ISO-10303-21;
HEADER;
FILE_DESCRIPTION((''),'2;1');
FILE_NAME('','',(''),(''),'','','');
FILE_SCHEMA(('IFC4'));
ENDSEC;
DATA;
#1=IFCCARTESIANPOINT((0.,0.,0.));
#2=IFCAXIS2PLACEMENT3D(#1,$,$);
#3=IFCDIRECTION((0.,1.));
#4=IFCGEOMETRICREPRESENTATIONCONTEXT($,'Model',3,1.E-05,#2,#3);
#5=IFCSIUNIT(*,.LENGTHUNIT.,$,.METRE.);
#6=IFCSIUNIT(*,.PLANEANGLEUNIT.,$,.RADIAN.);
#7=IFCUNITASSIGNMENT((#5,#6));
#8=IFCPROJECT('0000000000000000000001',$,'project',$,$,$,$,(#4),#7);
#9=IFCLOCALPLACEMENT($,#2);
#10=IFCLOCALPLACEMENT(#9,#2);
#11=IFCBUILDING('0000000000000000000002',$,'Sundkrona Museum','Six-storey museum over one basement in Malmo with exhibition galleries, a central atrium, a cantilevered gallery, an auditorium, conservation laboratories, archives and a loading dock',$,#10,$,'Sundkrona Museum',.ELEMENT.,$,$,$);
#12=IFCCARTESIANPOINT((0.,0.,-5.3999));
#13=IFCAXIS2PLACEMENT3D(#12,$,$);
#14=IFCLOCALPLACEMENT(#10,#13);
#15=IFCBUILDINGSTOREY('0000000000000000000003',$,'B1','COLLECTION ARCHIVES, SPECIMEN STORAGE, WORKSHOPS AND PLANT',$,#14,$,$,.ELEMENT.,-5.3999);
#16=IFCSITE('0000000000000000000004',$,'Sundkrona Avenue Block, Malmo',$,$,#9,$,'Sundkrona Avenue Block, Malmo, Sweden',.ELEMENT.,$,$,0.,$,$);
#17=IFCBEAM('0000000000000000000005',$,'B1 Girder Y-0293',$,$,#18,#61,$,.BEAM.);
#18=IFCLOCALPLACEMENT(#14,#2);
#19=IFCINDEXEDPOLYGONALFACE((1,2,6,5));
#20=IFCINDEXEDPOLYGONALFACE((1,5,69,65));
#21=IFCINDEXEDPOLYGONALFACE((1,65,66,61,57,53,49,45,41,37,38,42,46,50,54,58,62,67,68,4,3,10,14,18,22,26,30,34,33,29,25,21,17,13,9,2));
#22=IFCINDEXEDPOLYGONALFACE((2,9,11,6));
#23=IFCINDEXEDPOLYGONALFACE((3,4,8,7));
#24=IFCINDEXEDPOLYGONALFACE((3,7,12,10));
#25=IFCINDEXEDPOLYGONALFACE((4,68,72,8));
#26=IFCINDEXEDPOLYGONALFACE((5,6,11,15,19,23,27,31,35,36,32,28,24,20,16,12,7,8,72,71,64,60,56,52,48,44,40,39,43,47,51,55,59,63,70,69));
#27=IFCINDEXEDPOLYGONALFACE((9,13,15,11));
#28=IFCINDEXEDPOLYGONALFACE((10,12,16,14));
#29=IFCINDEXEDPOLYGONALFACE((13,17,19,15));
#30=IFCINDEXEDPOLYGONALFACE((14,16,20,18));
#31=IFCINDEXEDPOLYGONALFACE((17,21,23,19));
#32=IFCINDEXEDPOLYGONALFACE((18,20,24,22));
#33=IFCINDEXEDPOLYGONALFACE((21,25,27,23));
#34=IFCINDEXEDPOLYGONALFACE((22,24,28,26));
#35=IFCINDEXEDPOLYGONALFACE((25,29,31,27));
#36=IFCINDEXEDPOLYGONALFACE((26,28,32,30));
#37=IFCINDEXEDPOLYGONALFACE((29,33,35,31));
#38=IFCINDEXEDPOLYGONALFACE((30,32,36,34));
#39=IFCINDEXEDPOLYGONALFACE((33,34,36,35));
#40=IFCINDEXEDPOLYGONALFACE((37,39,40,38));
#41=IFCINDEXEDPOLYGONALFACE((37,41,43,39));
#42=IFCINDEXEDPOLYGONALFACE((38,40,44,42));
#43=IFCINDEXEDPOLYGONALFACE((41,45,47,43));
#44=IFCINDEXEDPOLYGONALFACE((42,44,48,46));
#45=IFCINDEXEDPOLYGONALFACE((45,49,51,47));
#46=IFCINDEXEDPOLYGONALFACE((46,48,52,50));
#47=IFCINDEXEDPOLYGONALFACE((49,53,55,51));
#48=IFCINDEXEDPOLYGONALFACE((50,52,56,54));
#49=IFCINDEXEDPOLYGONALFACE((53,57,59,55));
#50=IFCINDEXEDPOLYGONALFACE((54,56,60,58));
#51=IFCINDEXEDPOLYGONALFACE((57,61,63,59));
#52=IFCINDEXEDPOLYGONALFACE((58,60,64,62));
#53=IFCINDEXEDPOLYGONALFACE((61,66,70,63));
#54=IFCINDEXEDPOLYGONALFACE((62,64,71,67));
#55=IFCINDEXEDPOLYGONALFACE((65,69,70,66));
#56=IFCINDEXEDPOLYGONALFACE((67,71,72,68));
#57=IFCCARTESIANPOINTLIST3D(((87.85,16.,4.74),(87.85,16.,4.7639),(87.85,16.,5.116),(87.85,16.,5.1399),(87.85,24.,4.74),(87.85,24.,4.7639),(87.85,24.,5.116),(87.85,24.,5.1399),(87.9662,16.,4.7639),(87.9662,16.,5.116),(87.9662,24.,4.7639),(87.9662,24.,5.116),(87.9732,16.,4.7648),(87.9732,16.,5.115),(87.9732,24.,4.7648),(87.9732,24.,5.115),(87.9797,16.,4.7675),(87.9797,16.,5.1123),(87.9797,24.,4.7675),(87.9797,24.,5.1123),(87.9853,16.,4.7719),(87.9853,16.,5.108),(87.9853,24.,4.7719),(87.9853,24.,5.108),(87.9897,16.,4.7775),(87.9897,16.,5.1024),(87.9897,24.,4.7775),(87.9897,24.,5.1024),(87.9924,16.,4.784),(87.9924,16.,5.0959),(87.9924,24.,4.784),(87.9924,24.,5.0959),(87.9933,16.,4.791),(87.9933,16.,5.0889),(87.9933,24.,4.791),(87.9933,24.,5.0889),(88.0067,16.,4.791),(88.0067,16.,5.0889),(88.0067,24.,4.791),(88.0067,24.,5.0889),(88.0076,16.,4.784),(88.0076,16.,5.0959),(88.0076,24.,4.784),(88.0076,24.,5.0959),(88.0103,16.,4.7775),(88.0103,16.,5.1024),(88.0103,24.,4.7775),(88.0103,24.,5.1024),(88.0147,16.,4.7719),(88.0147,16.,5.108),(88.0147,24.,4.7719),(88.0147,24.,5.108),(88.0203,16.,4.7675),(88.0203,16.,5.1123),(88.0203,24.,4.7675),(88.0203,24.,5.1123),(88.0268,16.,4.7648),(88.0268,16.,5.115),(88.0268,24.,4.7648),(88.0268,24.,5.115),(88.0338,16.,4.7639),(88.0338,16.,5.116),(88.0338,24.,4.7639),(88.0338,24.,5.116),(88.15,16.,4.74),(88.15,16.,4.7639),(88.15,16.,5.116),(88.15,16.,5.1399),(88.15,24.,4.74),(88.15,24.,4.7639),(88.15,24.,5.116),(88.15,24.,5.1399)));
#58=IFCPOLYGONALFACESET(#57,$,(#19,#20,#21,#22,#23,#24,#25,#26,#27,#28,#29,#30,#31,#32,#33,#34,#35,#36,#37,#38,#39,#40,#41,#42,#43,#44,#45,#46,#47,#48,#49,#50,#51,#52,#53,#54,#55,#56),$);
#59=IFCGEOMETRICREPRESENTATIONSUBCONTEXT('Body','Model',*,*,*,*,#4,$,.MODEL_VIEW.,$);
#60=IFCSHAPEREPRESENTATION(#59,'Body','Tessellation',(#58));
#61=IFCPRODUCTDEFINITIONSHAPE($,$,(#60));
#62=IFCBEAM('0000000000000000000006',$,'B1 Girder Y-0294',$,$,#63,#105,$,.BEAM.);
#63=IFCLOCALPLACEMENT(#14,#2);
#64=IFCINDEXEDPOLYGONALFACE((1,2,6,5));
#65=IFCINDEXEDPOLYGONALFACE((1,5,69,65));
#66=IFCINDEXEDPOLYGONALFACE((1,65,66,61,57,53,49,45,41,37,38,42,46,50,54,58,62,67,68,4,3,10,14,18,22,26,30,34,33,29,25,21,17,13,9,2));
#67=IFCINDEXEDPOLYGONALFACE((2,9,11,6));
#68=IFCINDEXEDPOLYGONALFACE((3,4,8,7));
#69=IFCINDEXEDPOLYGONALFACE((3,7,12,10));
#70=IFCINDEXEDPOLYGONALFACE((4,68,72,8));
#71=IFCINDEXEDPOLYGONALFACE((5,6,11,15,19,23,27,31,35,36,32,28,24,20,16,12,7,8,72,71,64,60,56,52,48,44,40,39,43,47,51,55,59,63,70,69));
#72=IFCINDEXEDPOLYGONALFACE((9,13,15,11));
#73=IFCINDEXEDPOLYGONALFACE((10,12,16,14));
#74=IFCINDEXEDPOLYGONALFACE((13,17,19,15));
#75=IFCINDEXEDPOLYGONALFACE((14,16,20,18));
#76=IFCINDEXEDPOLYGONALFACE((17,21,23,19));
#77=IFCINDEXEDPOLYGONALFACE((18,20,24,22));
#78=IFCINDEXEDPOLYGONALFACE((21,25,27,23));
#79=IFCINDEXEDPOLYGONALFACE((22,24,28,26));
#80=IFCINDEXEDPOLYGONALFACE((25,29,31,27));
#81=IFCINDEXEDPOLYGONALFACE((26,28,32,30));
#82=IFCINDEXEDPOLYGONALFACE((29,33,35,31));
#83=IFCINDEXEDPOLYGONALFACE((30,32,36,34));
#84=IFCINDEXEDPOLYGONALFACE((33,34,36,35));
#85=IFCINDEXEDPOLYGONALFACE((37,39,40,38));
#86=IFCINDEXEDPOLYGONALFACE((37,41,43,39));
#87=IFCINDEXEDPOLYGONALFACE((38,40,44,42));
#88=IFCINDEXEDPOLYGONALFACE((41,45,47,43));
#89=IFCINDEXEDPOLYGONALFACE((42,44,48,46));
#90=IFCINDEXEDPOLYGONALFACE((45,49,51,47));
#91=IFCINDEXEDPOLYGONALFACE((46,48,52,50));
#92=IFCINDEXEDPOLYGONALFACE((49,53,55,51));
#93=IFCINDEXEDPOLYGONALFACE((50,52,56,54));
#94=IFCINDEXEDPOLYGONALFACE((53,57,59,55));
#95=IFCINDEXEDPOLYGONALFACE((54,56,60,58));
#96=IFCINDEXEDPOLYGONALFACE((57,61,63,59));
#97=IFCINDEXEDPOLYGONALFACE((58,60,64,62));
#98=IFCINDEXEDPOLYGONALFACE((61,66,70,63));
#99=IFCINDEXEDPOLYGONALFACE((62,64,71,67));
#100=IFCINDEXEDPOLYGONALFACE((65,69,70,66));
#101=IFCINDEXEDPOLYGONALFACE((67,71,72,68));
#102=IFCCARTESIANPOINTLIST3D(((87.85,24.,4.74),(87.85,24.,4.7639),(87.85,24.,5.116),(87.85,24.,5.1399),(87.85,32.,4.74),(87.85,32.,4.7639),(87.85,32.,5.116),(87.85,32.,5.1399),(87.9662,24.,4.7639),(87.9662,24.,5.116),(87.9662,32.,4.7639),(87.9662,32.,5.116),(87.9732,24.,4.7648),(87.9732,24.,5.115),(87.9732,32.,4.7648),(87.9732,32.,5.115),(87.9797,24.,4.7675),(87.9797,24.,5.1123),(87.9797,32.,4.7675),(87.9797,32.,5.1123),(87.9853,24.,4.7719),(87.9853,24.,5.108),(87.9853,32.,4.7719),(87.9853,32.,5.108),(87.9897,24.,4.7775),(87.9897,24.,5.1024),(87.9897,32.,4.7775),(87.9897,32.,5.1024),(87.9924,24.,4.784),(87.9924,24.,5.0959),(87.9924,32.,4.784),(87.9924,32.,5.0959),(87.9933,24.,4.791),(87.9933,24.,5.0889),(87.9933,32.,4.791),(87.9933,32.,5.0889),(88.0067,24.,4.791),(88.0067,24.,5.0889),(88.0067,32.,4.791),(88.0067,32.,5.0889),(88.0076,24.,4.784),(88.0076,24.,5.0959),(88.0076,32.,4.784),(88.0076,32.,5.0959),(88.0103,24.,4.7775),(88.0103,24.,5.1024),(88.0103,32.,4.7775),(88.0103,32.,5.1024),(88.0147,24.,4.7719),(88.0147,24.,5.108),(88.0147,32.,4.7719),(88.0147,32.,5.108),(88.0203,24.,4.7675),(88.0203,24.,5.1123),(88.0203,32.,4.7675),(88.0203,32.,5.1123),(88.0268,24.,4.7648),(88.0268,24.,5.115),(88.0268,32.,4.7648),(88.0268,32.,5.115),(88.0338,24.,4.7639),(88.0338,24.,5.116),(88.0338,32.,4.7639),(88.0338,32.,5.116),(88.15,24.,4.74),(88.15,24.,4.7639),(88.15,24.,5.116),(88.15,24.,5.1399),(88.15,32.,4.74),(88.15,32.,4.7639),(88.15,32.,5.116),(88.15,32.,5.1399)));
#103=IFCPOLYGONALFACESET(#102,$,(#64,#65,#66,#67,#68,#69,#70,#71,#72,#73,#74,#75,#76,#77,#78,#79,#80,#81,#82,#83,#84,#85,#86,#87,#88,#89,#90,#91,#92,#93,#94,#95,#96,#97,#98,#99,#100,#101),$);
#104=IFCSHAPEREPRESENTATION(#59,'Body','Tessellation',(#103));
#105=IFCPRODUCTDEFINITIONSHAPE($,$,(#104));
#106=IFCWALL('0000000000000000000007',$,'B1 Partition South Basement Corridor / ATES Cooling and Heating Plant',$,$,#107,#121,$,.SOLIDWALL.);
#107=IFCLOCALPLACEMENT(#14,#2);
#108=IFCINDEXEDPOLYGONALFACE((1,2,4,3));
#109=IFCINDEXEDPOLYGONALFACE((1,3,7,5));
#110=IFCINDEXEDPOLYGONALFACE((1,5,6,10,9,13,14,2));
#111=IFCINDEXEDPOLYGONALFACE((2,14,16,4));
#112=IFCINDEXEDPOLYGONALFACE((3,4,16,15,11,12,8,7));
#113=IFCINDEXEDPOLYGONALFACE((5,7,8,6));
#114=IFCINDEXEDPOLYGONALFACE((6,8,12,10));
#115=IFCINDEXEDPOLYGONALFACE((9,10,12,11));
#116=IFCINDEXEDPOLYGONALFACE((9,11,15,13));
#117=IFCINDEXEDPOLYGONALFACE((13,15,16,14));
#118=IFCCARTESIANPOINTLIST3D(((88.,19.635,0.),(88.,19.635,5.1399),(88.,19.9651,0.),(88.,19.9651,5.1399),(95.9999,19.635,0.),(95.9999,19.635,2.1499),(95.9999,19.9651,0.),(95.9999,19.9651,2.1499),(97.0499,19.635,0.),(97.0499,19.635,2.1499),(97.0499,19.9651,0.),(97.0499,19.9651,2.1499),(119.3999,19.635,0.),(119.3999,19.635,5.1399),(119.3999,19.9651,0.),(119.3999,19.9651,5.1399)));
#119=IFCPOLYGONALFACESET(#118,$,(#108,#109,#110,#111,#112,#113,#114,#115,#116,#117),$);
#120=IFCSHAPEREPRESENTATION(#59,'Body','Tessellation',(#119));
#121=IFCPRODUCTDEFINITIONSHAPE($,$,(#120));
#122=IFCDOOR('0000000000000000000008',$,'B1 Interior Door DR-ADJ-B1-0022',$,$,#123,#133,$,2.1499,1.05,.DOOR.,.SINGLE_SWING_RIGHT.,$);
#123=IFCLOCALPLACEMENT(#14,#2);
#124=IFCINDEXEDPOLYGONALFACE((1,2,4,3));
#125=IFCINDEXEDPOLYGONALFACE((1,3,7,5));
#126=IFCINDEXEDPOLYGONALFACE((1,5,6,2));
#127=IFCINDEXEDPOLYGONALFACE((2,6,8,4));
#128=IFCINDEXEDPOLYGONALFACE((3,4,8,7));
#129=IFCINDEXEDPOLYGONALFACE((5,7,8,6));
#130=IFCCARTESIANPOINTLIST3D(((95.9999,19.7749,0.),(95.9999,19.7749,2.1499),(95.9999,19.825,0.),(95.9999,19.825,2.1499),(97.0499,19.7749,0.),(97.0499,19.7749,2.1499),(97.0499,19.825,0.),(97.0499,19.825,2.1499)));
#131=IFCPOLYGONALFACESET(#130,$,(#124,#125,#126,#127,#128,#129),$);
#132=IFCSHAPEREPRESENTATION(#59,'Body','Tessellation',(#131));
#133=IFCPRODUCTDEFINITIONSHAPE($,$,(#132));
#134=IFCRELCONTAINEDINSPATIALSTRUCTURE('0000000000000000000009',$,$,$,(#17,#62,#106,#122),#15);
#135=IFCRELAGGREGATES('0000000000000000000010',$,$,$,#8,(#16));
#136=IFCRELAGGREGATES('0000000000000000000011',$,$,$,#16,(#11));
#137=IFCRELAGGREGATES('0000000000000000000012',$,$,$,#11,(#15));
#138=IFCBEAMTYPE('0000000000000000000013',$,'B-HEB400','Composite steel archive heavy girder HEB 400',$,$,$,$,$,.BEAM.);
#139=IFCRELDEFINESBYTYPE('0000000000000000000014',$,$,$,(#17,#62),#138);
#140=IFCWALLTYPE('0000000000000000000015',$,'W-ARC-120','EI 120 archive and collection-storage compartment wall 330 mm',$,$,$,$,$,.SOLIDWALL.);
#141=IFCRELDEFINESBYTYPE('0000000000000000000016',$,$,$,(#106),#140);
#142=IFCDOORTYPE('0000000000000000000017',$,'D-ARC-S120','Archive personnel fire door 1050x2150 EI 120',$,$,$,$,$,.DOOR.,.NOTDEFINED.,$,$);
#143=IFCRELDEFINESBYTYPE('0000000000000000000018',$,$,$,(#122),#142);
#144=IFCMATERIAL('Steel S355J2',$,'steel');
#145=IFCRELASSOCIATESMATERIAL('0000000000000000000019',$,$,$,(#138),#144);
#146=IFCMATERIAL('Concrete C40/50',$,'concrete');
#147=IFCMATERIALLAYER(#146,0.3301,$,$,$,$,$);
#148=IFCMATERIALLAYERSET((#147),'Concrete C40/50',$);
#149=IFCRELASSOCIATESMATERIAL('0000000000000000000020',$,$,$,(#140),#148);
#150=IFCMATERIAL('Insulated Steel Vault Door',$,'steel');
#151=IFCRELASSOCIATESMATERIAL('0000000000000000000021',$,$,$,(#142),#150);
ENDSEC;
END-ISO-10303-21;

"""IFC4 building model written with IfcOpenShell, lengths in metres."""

from ifc_helpers import new_model, si_unit, direction, frame, frame_2d, origin, origin_2d, place, context, subcontext, project, spatial, rectangle, i_section, extrude, material, layer, layer_set, material_profile, profile_set, type_object, element, fill, save


model = new_model("IFC4")

# Units and contexts
model_context = context("Model", 3, precision=1e-05, world=origin(), true_north=direction((0.0, 1.0)))
body_context = subcontext(model_context, "Body", "Model", "MODEL_VIEW")
ifc_project = project(units=[si_unit("LENGTHUNIT", "METRE"), si_unit("PLANEANGLEUNIT", "RADIAN")], contexts=[model_context])

# Site, building, storey
site_placement = place(None, origin())
site = spatial("IfcSite", under=ifc_project, at=site_placement, Name="Sundkrona Avenue Block, Malmo", LongName="Sundkrona Avenue Block, Malmo, Sweden", CompositionType="ELEMENT", RefElevation=0.0)
building_placement = place(site_placement, origin())
building = spatial("IfcBuilding", under=site, at=building_placement, Name="Sundkrona Museum", Description="Six-storey museum over one basement in Malmo with exhibition galleries, a central atrium, a cantilevered gallery, an auditorium, conservation laboratories, archives and a loading dock", LongName="Sundkrona Museum", CompositionType="ELEMENT")
storey_placement = place(building_placement, frame((0.0, 0.0, -5.3999)))
storey = spatial("IfcBuildingStorey", under=building, at=storey_placement, Name="B1", Description="COLLECTION ARCHIVES, SPECIMEN STORAGE, WORKSHOPS AND PLANT", CompositionType="ELEMENT", Elevation=-5.3999)

# Shared definitions
ifc_material_1 = material(Name="Concrete C40/50", Category="concrete")

# Shared definitions
ifc_material_2 = material(Name="Steel S355J2", Category="steel")

# Beams
ifc_material_profile_1 = material_profile(ifc_material_2, i_section(OverallWidth=0.3, OverallDepth=0.3999, WebThickness=0.0134, FlangeThickness=0.0239, FilletRadius=0.0271, at=origin_2d()), Name="HEB 400")
ifc_profile_set_1 = profile_set([ifc_material_profile_1], Name="Steel S355J2")
beam_type = type_object("IfcBeamType", Name="B-HEB400", Description="Composite steel archive heavy girder HEB 400", PredefinedType="BEAM", material=ifc_profile_set_1)
for number, where, z_axis, x_axis, name in (
    (1, (88.0, 16.0, 4.9399), (0.0, 1.0, 0.0), (-1.0, 0.0, 0.0), "B1 Girder Y-0293"),
    (2, (88.0, 24.0, 4.9399), (0.0, 1.0, 0.0), (-1.0, 0.0, 0.0), "B1 Girder Y-0294"),
):
    element("IfcBeam", number, at=place(storey_placement, frame(where, z_axis=z_axis, x_axis=x_axis)), inside=storey, type_object=beam_type, Name=name, PredefinedType="BEAM", context=body_context, shape_type="SweptSolid", body=[
        extrude(i_section(OverallWidth=0.3, OverallDepth=0.3999, WebThickness=0.0134, FlangeThickness=0.0239, FilletRadius=0.0271, at=origin_2d()), origin(), (0.0, 0.0, 1.0), 8.0),
    ])

# Wall, opening, door
ifc_layer = layer(ifc_material_1, 0.3301)
ifc_layer_set = layer_set([ifc_layer], Name="Concrete C40/50")
wall_type = type_object("IfcWallType", Name="W-ARC-120", Description="EI 120 archive and collection-storage compartment wall 330 mm", PredefinedType="SOLIDWALL", material=ifc_layer_set)
wall_placement = place(storey_placement, frame((88.0, 19.8, 0.0), z_axis=(0.0, 0.0, 1.0), x_axis=(1.0, 0.0, 0.0)))
wall = element("IfcWall", 3, at=wall_placement, inside=storey, type_object=wall_type, Name="B1 Partition South Basement Corridor / ATES Cooling and Heating Plant", PredefinedType="SOLIDWALL", context=body_context, shape_type="SweptSolid", body=[
    extrude(rectangle(XDim=31.3999, YDim=0.3301, at=frame_2d((15.7, 0.0))), origin(), (0.0, 0.0, 1.0), 5.1399),
])
opening_placement = place(wall_placement, frame((8.0, 0.0, 0.0)))
opening = element("IfcOpeningElement", 4, at=opening_placement, cuts=wall, PredefinedType="OPENING", context=body_context, shape_type="SweptSolid", body=[
    extrude(rectangle(XDim=1.05, YDim=2.1499, at=frame_2d((0.5249, 1.075))), frame((0.0, 0.175, 0.0), z_axis=(0.0, -1.0, 0.0), x_axis=(1.0, 0.0, 0.0)), (0.0, 0.0, 1.0), 0.3501),
])
ifc_material_3 = material(Name="Insulated Steel Vault Door", Category="steel")
door_type = type_object("IfcDoorType", Name="D-ARC-S120", Description="Archive personnel fire door 1050x2150 EI 120", OperationType="NOTDEFINED", PredefinedType="DOOR", material=ifc_material_3)
door_placement = place(opening_placement, origin())
door = element("IfcDoor", 5, at=door_placement, inside=storey, type_object=door_type, Name="B1 Interior Door DR-ADJ-B1-0022", OperationType="SINGLE_SWING_RIGHT", OverallHeight=2.1499, OverallWidth=1.05, PredefinedType="DOOR", context=body_context, shape_type="SweptSolid", body=[
    extrude(rectangle(XDim=1.05, YDim=2.1499, at=frame_2d((0.5249, 1.075))), frame((0.0, 0.0249, 0.0), z_axis=(0.0, -1.0, 0.0), x_axis=(1.0, 0.0, 0.0)), (0.0, 0.0, 1.0), 0.05),
])
fill(opening, door)

save(model, "model.ifc")
